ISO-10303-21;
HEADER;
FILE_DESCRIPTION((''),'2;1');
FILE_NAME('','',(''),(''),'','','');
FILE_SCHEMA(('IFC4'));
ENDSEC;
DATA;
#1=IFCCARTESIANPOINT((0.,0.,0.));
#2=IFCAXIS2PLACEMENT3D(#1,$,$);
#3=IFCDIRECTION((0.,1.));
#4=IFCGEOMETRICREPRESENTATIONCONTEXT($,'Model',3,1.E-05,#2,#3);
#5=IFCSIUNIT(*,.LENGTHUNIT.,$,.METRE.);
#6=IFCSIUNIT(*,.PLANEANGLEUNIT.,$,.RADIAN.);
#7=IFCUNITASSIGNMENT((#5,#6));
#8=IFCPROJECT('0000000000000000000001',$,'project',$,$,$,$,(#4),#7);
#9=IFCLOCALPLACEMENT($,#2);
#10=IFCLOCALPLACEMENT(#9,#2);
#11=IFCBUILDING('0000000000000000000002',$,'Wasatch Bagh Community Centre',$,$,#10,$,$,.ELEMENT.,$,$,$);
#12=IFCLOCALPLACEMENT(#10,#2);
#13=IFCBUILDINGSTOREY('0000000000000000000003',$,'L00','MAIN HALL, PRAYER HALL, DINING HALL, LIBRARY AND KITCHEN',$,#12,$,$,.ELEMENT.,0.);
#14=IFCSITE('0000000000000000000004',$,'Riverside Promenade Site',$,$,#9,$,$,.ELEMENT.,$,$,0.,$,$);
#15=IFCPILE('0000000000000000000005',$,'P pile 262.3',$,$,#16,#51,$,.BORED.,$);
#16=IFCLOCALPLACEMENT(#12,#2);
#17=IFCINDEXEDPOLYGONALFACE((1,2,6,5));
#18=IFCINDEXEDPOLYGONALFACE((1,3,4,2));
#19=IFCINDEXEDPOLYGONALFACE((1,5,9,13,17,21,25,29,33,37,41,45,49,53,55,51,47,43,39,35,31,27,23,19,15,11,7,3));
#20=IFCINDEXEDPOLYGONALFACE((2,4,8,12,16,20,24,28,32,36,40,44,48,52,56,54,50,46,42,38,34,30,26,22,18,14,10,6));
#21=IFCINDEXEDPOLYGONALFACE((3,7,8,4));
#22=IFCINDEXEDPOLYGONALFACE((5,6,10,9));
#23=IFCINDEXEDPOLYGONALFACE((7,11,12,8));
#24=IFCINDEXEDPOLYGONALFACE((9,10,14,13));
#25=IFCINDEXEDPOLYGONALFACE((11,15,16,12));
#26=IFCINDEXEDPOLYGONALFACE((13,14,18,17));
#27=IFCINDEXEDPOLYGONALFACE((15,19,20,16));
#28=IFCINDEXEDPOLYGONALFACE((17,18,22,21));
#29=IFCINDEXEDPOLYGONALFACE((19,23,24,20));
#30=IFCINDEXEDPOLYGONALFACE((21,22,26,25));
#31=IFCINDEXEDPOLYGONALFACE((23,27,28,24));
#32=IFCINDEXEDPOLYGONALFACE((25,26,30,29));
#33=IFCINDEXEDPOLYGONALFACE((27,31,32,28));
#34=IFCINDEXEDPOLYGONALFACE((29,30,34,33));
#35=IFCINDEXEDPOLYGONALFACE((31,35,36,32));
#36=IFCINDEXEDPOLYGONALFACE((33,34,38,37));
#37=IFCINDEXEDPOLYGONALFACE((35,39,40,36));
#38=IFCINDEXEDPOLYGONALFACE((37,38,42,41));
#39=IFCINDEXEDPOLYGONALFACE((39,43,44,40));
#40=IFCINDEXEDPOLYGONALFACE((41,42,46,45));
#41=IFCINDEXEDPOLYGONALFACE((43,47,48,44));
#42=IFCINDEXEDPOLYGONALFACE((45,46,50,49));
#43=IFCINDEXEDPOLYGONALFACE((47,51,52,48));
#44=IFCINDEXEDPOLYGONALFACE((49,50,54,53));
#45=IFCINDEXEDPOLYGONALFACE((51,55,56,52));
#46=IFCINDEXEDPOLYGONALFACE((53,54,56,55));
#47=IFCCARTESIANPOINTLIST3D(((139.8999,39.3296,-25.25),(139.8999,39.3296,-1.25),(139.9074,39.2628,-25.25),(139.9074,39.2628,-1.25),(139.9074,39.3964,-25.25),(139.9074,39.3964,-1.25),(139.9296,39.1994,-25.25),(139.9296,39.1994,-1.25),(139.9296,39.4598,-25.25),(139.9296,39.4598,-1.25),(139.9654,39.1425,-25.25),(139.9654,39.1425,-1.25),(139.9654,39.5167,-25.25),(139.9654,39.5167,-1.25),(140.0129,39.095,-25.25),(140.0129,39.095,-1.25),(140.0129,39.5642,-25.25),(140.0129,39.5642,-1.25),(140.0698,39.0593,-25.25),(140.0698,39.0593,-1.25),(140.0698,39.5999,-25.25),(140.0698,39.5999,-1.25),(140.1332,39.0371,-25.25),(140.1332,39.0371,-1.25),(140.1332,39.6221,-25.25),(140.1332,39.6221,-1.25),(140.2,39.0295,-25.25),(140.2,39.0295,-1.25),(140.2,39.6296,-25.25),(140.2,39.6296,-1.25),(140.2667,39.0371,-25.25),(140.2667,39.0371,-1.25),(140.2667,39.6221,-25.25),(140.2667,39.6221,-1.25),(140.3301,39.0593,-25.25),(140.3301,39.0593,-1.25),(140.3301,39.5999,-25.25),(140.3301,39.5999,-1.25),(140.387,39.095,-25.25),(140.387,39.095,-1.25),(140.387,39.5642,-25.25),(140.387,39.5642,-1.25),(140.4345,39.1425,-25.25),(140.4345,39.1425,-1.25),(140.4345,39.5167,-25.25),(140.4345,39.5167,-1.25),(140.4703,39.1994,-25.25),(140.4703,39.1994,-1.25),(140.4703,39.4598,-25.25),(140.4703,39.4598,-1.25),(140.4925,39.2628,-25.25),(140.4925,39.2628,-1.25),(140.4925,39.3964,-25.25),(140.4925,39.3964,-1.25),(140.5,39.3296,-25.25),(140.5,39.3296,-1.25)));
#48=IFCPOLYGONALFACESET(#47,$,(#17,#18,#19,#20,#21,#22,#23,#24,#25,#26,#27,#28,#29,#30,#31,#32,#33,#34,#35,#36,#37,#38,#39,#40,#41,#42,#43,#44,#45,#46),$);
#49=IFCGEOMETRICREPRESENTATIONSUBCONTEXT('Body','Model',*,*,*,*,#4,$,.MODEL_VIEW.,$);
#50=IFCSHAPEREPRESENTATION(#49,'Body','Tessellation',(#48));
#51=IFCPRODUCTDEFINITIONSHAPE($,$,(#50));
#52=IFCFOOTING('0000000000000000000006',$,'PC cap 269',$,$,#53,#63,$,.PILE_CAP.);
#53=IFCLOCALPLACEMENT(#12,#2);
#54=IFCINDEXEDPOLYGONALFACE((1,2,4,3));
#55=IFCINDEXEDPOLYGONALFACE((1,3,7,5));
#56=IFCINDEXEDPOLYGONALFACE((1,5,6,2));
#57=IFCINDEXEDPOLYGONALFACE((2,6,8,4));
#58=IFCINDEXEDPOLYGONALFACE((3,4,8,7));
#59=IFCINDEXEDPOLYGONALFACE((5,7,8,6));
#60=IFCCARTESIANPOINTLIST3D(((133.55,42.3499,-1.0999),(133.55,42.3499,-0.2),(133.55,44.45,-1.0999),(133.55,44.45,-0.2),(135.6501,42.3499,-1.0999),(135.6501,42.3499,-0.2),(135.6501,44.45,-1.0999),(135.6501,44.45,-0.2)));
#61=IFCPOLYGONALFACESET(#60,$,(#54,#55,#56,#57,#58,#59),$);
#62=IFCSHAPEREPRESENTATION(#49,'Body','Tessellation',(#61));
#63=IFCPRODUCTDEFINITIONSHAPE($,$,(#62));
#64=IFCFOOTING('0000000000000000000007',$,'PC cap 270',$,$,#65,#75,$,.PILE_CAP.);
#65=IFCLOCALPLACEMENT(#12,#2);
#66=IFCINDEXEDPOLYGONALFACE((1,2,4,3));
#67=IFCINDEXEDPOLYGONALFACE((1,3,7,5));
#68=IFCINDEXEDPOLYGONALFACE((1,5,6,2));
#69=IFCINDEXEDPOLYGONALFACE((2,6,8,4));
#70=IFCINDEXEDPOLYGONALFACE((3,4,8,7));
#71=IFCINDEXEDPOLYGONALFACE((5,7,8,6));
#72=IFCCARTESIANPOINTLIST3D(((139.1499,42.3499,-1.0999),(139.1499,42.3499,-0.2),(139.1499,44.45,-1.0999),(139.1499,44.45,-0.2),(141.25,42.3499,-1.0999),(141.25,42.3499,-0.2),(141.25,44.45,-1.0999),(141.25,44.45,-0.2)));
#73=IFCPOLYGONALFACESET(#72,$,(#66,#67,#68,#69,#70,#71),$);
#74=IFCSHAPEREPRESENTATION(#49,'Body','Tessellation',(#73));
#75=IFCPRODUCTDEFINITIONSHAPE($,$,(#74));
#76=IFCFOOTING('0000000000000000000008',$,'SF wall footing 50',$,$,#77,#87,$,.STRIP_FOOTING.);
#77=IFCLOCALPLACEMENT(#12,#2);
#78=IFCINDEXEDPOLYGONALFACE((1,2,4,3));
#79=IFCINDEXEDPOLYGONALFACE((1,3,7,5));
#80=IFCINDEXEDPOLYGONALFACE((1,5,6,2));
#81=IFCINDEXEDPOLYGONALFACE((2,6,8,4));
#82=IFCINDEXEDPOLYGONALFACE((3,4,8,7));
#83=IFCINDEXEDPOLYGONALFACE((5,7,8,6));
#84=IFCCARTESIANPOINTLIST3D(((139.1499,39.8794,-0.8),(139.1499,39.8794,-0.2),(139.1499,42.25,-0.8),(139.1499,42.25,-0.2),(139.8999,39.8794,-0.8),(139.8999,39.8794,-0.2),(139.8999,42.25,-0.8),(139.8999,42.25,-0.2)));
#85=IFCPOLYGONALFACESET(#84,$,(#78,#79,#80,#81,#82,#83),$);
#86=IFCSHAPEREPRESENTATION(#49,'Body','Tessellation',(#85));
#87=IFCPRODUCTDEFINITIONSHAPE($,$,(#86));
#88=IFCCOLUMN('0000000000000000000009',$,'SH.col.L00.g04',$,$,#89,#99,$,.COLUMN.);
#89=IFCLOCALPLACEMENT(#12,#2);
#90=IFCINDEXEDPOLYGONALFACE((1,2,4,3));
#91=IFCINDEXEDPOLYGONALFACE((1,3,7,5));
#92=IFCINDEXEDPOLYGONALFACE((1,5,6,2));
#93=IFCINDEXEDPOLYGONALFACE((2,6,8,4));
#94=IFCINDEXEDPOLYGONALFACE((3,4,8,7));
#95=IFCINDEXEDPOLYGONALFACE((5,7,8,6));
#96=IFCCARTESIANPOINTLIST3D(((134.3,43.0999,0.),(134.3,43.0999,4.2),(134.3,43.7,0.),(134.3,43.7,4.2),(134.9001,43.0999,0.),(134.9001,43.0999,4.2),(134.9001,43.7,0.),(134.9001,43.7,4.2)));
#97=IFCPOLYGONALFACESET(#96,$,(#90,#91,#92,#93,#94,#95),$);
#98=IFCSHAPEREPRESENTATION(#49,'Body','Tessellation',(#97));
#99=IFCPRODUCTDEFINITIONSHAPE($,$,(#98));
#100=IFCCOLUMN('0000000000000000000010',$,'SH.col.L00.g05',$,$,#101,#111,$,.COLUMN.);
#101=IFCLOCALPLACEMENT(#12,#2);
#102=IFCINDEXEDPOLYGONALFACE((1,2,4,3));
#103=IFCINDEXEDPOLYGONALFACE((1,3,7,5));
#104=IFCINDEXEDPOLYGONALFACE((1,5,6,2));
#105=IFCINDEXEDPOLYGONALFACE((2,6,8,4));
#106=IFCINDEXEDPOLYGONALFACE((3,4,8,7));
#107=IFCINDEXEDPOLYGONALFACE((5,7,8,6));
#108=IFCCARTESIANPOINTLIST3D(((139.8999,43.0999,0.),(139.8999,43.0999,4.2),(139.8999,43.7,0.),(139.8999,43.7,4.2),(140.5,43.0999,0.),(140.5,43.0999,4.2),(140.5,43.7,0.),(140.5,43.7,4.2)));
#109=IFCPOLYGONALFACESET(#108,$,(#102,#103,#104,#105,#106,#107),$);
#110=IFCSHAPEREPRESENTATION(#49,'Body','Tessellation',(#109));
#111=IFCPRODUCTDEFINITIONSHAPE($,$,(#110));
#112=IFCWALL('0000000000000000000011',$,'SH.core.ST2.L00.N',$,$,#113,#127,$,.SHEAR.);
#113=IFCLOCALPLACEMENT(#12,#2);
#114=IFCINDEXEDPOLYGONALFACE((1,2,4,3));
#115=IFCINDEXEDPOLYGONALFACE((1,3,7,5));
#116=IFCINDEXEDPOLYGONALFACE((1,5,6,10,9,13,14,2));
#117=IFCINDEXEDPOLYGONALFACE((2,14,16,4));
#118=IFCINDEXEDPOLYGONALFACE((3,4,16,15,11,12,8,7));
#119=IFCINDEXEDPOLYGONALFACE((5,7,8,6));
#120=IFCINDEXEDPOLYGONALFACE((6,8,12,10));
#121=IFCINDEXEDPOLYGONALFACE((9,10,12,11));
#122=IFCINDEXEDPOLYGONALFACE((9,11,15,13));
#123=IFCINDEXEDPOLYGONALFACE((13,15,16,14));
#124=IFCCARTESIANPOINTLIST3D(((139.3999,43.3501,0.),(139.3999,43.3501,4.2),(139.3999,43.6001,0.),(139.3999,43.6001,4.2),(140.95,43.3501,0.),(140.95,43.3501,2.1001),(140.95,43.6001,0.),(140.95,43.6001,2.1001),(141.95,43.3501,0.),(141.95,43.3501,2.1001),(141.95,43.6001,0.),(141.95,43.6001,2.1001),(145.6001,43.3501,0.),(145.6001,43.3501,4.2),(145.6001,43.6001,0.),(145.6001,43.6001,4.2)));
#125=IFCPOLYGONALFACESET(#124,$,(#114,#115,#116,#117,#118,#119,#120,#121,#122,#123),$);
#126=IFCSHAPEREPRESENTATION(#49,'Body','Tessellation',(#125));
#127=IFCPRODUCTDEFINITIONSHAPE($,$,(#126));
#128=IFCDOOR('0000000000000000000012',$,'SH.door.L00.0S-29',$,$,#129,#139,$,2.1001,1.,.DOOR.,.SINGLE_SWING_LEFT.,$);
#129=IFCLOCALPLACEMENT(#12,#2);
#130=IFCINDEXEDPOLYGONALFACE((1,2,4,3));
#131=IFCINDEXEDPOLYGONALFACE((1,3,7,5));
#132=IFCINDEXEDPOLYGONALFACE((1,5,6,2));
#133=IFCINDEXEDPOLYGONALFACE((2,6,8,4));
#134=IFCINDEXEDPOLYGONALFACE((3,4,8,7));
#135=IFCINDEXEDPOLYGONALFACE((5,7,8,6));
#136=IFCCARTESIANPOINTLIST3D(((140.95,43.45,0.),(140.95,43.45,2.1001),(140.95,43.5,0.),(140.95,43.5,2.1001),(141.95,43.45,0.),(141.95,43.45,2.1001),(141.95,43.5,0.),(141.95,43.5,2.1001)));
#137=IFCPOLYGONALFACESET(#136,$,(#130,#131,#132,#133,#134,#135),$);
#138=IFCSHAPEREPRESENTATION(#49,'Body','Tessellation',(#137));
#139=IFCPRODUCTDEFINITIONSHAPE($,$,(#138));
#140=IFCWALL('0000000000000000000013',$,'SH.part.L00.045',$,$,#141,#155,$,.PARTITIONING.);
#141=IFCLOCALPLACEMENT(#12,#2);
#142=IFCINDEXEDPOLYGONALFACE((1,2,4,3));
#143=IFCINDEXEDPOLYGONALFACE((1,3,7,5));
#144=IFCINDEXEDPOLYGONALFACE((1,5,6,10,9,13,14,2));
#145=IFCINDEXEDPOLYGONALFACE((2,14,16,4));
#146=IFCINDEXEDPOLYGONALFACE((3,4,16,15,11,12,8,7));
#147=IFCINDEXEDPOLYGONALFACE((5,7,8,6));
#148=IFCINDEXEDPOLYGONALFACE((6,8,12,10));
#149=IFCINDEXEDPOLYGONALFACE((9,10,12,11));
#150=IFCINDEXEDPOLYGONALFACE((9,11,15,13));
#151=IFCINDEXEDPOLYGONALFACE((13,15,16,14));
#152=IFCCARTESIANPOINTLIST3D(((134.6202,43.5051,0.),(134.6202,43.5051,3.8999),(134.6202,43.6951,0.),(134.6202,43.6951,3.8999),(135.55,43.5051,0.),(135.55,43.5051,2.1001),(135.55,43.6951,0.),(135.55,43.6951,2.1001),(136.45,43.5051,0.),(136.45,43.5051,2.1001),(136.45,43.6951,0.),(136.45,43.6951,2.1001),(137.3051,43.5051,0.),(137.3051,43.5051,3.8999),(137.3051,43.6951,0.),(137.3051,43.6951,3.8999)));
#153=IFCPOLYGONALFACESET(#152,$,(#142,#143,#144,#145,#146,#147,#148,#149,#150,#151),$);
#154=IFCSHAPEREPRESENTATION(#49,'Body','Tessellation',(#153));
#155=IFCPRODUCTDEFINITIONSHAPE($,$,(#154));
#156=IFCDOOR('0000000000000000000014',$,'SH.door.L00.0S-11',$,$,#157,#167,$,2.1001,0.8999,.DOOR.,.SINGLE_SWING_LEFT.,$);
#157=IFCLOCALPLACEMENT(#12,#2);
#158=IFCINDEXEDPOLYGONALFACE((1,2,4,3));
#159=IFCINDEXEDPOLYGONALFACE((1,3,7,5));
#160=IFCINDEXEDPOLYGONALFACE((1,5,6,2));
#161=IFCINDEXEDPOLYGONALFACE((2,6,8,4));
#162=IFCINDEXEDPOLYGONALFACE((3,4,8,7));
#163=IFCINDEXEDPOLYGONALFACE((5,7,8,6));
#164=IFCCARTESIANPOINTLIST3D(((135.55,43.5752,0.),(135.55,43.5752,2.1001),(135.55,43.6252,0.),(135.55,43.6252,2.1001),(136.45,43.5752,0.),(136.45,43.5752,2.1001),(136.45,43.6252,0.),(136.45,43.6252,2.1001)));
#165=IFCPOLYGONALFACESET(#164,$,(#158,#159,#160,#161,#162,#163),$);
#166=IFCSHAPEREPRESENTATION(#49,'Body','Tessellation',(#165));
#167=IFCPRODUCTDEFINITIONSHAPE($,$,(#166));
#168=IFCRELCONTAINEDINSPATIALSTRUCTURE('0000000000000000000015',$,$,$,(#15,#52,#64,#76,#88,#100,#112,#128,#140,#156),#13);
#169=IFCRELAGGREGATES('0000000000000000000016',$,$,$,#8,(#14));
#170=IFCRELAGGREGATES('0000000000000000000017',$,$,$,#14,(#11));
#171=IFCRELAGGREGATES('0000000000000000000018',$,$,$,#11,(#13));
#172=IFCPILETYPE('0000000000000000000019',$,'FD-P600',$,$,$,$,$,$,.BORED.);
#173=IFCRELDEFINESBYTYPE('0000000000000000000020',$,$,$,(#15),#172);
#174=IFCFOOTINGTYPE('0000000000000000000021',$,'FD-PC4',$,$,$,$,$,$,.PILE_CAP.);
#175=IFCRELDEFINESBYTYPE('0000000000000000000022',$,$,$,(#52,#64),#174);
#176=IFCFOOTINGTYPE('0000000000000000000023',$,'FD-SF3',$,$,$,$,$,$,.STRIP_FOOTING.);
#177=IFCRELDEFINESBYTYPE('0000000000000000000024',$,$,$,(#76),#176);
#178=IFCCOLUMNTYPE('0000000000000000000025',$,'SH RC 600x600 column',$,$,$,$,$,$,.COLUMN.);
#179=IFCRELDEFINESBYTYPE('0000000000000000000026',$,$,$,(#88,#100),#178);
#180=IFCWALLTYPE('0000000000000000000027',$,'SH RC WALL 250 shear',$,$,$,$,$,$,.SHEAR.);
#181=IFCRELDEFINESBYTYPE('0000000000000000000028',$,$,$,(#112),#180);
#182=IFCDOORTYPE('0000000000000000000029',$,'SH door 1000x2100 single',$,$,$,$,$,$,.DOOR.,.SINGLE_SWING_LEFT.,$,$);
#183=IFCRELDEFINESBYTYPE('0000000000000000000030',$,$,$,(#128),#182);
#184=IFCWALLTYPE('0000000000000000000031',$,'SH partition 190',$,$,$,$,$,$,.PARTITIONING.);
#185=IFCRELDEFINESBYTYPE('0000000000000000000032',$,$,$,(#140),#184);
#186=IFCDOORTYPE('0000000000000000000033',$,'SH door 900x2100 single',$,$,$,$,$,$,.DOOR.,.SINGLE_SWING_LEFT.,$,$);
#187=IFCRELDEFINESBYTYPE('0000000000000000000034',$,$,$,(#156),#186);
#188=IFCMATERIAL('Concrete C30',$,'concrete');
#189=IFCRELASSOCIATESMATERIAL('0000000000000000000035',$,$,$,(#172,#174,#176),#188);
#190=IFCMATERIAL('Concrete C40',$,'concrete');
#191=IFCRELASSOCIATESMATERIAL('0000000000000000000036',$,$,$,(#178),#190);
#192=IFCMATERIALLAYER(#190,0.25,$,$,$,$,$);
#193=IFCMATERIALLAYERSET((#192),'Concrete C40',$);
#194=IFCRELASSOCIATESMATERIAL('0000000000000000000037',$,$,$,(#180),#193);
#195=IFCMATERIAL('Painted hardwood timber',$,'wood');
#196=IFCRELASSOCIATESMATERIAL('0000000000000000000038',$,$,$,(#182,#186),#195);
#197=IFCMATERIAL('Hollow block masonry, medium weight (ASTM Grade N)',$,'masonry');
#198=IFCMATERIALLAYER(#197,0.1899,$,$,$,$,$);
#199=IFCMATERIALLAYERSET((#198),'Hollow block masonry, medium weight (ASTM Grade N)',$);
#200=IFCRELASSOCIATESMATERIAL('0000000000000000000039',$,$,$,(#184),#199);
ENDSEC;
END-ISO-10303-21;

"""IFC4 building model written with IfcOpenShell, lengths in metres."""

from ifc_helpers import new_model, si_unit, direction, frame, frame_2d, origin, origin_2d, place, context, subcontext, project, spatial, rectangle, circle, extrude, material, layer, layer_set, material_profile, profile_set, type_object, element, fill, save


model = new_model("IFC4")

# Units and contexts
model_context = context("Model", 3, precision=1e-05, world=origin(), true_north=direction((0.0, 1.0)))
body_context = subcontext(model_context, "Body", "Model", "MODEL_VIEW")
ifc_project = project(units=[si_unit("LENGTHUNIT", "METRE"), si_unit("PLANEANGLEUNIT", "RADIAN")], contexts=[model_context])

# Site, building, storey
site_placement = place(None, origin())
site = spatial("IfcSite", under=ifc_project, at=site_placement, Name="Riverside Promenade Site", CompositionType="ELEMENT", RefElevation=0.0)
building_placement = place(site_placement, origin())
building = spatial("IfcBuilding", under=site, at=building_placement, Name="Wasatch Bagh Community Centre", CompositionType="ELEMENT")
storey_placement = place(building_placement, origin())
storey = spatial("IfcBuildingStorey", under=building, at=storey_placement, Name="L00", Description="MAIN HALL, PRAYER HALL, DINING HALL, LIBRARY AND KITCHEN", CompositionType="ELEMENT", Elevation=0.0)

# Pile
ifc_material_1 = material(Name="Concrete C30", Category="concrete")
ifc_material_profile_1 = material_profile(ifc_material_1, circle(Radius=0.3, at=origin_2d()), Name="RC D600")
ifc_profile_set_1 = profile_set([ifc_material_profile_1], Name="Concrete C30")
pile_type_1 = type_object("IfcPileType", Name="FD-P600", PredefinedType="BORED", material=ifc_profile_set_1)
pile_placement = place(storey_placement, frame((140.2, 39.3296, -1.25), z_axis=(0.0, 0.0, -1.0), x_axis=(1.0, 0.0, 0.0)))
element("IfcPile", 1, at=pile_placement, inside=storey, type_object=pile_type_1, Name="P pile 262.3", PredefinedType="BORED", context=body_context, shape_type="SweptSolid", body=[
    extrude(circle(Radius=0.3, at=origin_2d()), origin(), (0.0, 0.0, 1.0), 24.0),
])

# Footings
footing_type_1 = type_object("IfcFootingType", Name="FD-PC4", PredefinedType="PILE_CAP", material=ifc_material_1)
for number, where, z_axis, x_axis, name in (
    (2, (134.6001, 43.3999, -1.0999), (0.0, 0.0, 1.0), (1.0, 0.0, 0.0), "PC cap 269"),
    (3, (140.2, 43.3999, -1.0999), (0.0, 0.0, 1.0), (1.0, 0.0, 0.0), "PC cap 270"),
):
    element("IfcFooting", number, at=place(storey_placement, frame(where, z_axis=z_axis, x_axis=x_axis)), inside=storey, type_object=footing_type_1, Name=name, PredefinedType="PILE_CAP", context=body_context, shape_type="SweptSolid", body=[
        extrude(rectangle(XDim=2.1001, YDim=2.1001, at=origin_2d()), origin(), (0.0, 0.0, 1.0), 0.8999),
    ])
footing_type_2 = type_object("IfcFootingType", Name="FD-SF3", PredefinedType="STRIP_FOOTING", material=ifc_material_1)
footing_1_placement = place(storey_placement, frame((139.5249, 41.0647, -0.8), z_axis=(0.0, 0.0, 1.0), x_axis=(0.0, 1.0, 0.0)))
element("IfcFooting", 4, at=footing_1_placement, inside=storey, type_object=footing_type_2, Name="SF wall footing 50", PredefinedType="STRIP_FOOTING", context=body_context, shape_type="SweptSolid", body=[
    extrude(rectangle(XDim=2.3706, YDim=0.75, at=origin_2d()), origin(), (0.0, 0.0, 1.0), 0.6001),
])

# Columns
ifc_material_2 = material(Name="Concrete C40", Category="concrete")
ifc_material_profile_2 = material_profile(ifc_material_2, rectangle(XDim=0.6001, YDim=0.6001, at=origin_2d()), Name="RC 600x600")
ifc_profile_set_2 = profile_set([ifc_material_profile_2], Name="Concrete C40")
column_type = type_object("IfcColumnType", Name="SH RC 600x600 column", PredefinedType="COLUMN", material=ifc_profile_set_2)
for number, where, z_axis, x_axis, name in (
    (5, (134.6001, 43.3999, 0.0), (0.0, 0.0, 1.0), (1.0, 0.0, 0.0), "SH.col.L00.g04"),
    (6, (140.2, 43.3999, 0.0), (0.0, 0.0, 1.0), (1.0, 0.0, 0.0), "SH.col.L00.g05"),
):
    element("IfcColumn", number, at=place(storey_placement, frame(where, z_axis=z_axis, x_axis=x_axis)), inside=storey, type_object=column_type, Name=name, PredefinedType="COLUMN", context=body_context, shape_type="SweptSolid", body=[
        extrude(rectangle(XDim=0.6001, YDim=0.6001, at=origin_2d()), origin(), (0.0, 0.0, 1.0), 4.2),
    ])

# Walls, openings, doors
ifc_layer_1 = layer(ifc_material_2, 0.25)
ifc_layer_set_1 = layer_set([ifc_layer_1], Name="Concrete C40")
wall_type_1 = type_object("IfcWallType", Name="SH RC WALL 250 shear", PredefinedType="SHEAR", material=ifc_layer_set_1)
wall_1_placement = place(storey_placement, frame((139.3999, 43.4751, 0.0), z_axis=(0.0, 0.0, 1.0), x_axis=(1.0, 0.0, 0.0)))
wall_1 = element("IfcWall", 7, at=wall_1_placement, inside=storey, type_object=wall_type_1, Name="SH.core.ST2.L00.N", PredefinedType="SHEAR", context=body_context, shape_type="SweptSolid", body=[
    extrude(rectangle(XDim=6.2002, YDim=0.25, at=frame_2d((3.1001, 0.0))), origin(), (0.0, 0.0, 1.0), 4.2),
])
opening_1_placement = place(wall_1_placement, frame((1.55, 0.0, 0.0)))
opening_1 = element("IfcOpeningElement", 8, at=opening_1_placement, cuts=wall_1, PredefinedType="OPENING", context=body_context, shape_type="SweptSolid", body=[
    extrude(rectangle(XDim=1.0, YDim=2.1001, at=frame_2d((0.5, 1.05))), frame((0.0, 0.135, 0.0), z_axis=(0.0, -1.0, 0.0), x_axis=(1.0, 0.0, 0.0)), (0.0, 0.0, 1.0), 0.27),
])
ifc_material_3 = material(Name="Painted hardwood timber", Category="wood")
door_type_1 = type_object("IfcDoorType", Name="SH door 1000x2100 single", OperationType="SINGLE_SWING_LEFT", PredefinedType="DOOR", material=ifc_material_3)
door_1_placement = place(opening_1_placement, origin())
door_1 = element("IfcDoor", 9, at=door_1_placement, inside=storey, type_object=door_type_1, Name="SH.door.L00.0S-29", OperationType="SINGLE_SWING_LEFT", OverallHeight=2.1001, OverallWidth=1.0, PredefinedType="DOOR", context=body_context, shape_type="SweptSolid", body=[
    extrude(rectangle(XDim=1.0, YDim=2.1001, at=frame_2d((0.5, 1.05))), frame((0.0, 0.0249, 0.0), z_axis=(0.0, -1.0, 0.0), x_axis=(1.0, 0.0, 0.0)), (0.0, 0.0, 1.0), 0.05),
])
fill(opening_1, door_1)
ifc_material_4 = material(Name="Hollow block masonry, medium weight (ASTM Grade N)", Category="masonry")
ifc_layer_2 = layer(ifc_material_4, 0.1899)
ifc_layer_set_2 = layer_set([ifc_layer_2], Name="Hollow block masonry, medium weight (ASTM Grade N)")
wall_type_2 = type_object("IfcWallType", Name="SH partition 190", PredefinedType="PARTITIONING", material=ifc_layer_set_2)
wall_2_placement = place(storey_placement, frame((137.3049, 43.6001, 0.0), z_axis=(0.0, 0.0, 1.0), x_axis=(-1.0, 0.0, 0.0)))
wall_2 = element("IfcWall", 10, at=wall_2_placement, inside=storey, type_object=wall_type_2, Name="SH.part.L00.045", PredefinedType="PARTITIONING", context=body_context, shape_type="SweptSolid", body=[
    extrude(rectangle(XDim=2.6848, YDim=0.1899, at=frame_2d((1.3423, 0.0))), origin(), (0.0, 0.0, 1.0), 3.8999),
])
opening_2_placement = place(wall_2_placement, frame((0.855, 0.0, 0.0)))
opening_2 = element("IfcOpeningElement", 11, at=opening_2_placement, cuts=wall_2, PredefinedType="OPENING", context=body_context, shape_type="SweptSolid", body=[
    extrude(rectangle(XDim=0.8999, YDim=2.1001, at=frame_2d((0.45, 1.05))), frame((0.0, 0.105, 0.0), z_axis=(0.0, -1.0, 0.0), x_axis=(1.0, 0.0, 0.0)), (0.0, 0.0, 1.0), 0.21),
])
door_type_2 = type_object("IfcDoorType", Name="SH door 900x2100 single", OperationType="SINGLE_SWING_LEFT", PredefinedType="DOOR", material=ifc_material_3)
door_2_placement = place(opening_2_placement, origin())
door_2 = element("IfcDoor", 12, at=door_2_placement, inside=storey, type_object=door_type_2, Name="SH.door.L00.0S-11", OperationType="SINGLE_SWING_LEFT", OverallHeight=2.1001, OverallWidth=0.8999, PredefinedType="DOOR", context=body_context, shape_type="SweptSolid", body=[
    extrude(rectangle(XDim=0.8999, YDim=2.1001, at=frame_2d((0.45, 1.05))), frame((0.0, 0.0249, 0.0), z_axis=(0.0, -1.0, 0.0), x_axis=(1.0, 0.0, 0.0)), (0.0, 0.0, 1.0), 0.05),
])
fill(opening_2, door_2)

save(model, "model.ifc")
